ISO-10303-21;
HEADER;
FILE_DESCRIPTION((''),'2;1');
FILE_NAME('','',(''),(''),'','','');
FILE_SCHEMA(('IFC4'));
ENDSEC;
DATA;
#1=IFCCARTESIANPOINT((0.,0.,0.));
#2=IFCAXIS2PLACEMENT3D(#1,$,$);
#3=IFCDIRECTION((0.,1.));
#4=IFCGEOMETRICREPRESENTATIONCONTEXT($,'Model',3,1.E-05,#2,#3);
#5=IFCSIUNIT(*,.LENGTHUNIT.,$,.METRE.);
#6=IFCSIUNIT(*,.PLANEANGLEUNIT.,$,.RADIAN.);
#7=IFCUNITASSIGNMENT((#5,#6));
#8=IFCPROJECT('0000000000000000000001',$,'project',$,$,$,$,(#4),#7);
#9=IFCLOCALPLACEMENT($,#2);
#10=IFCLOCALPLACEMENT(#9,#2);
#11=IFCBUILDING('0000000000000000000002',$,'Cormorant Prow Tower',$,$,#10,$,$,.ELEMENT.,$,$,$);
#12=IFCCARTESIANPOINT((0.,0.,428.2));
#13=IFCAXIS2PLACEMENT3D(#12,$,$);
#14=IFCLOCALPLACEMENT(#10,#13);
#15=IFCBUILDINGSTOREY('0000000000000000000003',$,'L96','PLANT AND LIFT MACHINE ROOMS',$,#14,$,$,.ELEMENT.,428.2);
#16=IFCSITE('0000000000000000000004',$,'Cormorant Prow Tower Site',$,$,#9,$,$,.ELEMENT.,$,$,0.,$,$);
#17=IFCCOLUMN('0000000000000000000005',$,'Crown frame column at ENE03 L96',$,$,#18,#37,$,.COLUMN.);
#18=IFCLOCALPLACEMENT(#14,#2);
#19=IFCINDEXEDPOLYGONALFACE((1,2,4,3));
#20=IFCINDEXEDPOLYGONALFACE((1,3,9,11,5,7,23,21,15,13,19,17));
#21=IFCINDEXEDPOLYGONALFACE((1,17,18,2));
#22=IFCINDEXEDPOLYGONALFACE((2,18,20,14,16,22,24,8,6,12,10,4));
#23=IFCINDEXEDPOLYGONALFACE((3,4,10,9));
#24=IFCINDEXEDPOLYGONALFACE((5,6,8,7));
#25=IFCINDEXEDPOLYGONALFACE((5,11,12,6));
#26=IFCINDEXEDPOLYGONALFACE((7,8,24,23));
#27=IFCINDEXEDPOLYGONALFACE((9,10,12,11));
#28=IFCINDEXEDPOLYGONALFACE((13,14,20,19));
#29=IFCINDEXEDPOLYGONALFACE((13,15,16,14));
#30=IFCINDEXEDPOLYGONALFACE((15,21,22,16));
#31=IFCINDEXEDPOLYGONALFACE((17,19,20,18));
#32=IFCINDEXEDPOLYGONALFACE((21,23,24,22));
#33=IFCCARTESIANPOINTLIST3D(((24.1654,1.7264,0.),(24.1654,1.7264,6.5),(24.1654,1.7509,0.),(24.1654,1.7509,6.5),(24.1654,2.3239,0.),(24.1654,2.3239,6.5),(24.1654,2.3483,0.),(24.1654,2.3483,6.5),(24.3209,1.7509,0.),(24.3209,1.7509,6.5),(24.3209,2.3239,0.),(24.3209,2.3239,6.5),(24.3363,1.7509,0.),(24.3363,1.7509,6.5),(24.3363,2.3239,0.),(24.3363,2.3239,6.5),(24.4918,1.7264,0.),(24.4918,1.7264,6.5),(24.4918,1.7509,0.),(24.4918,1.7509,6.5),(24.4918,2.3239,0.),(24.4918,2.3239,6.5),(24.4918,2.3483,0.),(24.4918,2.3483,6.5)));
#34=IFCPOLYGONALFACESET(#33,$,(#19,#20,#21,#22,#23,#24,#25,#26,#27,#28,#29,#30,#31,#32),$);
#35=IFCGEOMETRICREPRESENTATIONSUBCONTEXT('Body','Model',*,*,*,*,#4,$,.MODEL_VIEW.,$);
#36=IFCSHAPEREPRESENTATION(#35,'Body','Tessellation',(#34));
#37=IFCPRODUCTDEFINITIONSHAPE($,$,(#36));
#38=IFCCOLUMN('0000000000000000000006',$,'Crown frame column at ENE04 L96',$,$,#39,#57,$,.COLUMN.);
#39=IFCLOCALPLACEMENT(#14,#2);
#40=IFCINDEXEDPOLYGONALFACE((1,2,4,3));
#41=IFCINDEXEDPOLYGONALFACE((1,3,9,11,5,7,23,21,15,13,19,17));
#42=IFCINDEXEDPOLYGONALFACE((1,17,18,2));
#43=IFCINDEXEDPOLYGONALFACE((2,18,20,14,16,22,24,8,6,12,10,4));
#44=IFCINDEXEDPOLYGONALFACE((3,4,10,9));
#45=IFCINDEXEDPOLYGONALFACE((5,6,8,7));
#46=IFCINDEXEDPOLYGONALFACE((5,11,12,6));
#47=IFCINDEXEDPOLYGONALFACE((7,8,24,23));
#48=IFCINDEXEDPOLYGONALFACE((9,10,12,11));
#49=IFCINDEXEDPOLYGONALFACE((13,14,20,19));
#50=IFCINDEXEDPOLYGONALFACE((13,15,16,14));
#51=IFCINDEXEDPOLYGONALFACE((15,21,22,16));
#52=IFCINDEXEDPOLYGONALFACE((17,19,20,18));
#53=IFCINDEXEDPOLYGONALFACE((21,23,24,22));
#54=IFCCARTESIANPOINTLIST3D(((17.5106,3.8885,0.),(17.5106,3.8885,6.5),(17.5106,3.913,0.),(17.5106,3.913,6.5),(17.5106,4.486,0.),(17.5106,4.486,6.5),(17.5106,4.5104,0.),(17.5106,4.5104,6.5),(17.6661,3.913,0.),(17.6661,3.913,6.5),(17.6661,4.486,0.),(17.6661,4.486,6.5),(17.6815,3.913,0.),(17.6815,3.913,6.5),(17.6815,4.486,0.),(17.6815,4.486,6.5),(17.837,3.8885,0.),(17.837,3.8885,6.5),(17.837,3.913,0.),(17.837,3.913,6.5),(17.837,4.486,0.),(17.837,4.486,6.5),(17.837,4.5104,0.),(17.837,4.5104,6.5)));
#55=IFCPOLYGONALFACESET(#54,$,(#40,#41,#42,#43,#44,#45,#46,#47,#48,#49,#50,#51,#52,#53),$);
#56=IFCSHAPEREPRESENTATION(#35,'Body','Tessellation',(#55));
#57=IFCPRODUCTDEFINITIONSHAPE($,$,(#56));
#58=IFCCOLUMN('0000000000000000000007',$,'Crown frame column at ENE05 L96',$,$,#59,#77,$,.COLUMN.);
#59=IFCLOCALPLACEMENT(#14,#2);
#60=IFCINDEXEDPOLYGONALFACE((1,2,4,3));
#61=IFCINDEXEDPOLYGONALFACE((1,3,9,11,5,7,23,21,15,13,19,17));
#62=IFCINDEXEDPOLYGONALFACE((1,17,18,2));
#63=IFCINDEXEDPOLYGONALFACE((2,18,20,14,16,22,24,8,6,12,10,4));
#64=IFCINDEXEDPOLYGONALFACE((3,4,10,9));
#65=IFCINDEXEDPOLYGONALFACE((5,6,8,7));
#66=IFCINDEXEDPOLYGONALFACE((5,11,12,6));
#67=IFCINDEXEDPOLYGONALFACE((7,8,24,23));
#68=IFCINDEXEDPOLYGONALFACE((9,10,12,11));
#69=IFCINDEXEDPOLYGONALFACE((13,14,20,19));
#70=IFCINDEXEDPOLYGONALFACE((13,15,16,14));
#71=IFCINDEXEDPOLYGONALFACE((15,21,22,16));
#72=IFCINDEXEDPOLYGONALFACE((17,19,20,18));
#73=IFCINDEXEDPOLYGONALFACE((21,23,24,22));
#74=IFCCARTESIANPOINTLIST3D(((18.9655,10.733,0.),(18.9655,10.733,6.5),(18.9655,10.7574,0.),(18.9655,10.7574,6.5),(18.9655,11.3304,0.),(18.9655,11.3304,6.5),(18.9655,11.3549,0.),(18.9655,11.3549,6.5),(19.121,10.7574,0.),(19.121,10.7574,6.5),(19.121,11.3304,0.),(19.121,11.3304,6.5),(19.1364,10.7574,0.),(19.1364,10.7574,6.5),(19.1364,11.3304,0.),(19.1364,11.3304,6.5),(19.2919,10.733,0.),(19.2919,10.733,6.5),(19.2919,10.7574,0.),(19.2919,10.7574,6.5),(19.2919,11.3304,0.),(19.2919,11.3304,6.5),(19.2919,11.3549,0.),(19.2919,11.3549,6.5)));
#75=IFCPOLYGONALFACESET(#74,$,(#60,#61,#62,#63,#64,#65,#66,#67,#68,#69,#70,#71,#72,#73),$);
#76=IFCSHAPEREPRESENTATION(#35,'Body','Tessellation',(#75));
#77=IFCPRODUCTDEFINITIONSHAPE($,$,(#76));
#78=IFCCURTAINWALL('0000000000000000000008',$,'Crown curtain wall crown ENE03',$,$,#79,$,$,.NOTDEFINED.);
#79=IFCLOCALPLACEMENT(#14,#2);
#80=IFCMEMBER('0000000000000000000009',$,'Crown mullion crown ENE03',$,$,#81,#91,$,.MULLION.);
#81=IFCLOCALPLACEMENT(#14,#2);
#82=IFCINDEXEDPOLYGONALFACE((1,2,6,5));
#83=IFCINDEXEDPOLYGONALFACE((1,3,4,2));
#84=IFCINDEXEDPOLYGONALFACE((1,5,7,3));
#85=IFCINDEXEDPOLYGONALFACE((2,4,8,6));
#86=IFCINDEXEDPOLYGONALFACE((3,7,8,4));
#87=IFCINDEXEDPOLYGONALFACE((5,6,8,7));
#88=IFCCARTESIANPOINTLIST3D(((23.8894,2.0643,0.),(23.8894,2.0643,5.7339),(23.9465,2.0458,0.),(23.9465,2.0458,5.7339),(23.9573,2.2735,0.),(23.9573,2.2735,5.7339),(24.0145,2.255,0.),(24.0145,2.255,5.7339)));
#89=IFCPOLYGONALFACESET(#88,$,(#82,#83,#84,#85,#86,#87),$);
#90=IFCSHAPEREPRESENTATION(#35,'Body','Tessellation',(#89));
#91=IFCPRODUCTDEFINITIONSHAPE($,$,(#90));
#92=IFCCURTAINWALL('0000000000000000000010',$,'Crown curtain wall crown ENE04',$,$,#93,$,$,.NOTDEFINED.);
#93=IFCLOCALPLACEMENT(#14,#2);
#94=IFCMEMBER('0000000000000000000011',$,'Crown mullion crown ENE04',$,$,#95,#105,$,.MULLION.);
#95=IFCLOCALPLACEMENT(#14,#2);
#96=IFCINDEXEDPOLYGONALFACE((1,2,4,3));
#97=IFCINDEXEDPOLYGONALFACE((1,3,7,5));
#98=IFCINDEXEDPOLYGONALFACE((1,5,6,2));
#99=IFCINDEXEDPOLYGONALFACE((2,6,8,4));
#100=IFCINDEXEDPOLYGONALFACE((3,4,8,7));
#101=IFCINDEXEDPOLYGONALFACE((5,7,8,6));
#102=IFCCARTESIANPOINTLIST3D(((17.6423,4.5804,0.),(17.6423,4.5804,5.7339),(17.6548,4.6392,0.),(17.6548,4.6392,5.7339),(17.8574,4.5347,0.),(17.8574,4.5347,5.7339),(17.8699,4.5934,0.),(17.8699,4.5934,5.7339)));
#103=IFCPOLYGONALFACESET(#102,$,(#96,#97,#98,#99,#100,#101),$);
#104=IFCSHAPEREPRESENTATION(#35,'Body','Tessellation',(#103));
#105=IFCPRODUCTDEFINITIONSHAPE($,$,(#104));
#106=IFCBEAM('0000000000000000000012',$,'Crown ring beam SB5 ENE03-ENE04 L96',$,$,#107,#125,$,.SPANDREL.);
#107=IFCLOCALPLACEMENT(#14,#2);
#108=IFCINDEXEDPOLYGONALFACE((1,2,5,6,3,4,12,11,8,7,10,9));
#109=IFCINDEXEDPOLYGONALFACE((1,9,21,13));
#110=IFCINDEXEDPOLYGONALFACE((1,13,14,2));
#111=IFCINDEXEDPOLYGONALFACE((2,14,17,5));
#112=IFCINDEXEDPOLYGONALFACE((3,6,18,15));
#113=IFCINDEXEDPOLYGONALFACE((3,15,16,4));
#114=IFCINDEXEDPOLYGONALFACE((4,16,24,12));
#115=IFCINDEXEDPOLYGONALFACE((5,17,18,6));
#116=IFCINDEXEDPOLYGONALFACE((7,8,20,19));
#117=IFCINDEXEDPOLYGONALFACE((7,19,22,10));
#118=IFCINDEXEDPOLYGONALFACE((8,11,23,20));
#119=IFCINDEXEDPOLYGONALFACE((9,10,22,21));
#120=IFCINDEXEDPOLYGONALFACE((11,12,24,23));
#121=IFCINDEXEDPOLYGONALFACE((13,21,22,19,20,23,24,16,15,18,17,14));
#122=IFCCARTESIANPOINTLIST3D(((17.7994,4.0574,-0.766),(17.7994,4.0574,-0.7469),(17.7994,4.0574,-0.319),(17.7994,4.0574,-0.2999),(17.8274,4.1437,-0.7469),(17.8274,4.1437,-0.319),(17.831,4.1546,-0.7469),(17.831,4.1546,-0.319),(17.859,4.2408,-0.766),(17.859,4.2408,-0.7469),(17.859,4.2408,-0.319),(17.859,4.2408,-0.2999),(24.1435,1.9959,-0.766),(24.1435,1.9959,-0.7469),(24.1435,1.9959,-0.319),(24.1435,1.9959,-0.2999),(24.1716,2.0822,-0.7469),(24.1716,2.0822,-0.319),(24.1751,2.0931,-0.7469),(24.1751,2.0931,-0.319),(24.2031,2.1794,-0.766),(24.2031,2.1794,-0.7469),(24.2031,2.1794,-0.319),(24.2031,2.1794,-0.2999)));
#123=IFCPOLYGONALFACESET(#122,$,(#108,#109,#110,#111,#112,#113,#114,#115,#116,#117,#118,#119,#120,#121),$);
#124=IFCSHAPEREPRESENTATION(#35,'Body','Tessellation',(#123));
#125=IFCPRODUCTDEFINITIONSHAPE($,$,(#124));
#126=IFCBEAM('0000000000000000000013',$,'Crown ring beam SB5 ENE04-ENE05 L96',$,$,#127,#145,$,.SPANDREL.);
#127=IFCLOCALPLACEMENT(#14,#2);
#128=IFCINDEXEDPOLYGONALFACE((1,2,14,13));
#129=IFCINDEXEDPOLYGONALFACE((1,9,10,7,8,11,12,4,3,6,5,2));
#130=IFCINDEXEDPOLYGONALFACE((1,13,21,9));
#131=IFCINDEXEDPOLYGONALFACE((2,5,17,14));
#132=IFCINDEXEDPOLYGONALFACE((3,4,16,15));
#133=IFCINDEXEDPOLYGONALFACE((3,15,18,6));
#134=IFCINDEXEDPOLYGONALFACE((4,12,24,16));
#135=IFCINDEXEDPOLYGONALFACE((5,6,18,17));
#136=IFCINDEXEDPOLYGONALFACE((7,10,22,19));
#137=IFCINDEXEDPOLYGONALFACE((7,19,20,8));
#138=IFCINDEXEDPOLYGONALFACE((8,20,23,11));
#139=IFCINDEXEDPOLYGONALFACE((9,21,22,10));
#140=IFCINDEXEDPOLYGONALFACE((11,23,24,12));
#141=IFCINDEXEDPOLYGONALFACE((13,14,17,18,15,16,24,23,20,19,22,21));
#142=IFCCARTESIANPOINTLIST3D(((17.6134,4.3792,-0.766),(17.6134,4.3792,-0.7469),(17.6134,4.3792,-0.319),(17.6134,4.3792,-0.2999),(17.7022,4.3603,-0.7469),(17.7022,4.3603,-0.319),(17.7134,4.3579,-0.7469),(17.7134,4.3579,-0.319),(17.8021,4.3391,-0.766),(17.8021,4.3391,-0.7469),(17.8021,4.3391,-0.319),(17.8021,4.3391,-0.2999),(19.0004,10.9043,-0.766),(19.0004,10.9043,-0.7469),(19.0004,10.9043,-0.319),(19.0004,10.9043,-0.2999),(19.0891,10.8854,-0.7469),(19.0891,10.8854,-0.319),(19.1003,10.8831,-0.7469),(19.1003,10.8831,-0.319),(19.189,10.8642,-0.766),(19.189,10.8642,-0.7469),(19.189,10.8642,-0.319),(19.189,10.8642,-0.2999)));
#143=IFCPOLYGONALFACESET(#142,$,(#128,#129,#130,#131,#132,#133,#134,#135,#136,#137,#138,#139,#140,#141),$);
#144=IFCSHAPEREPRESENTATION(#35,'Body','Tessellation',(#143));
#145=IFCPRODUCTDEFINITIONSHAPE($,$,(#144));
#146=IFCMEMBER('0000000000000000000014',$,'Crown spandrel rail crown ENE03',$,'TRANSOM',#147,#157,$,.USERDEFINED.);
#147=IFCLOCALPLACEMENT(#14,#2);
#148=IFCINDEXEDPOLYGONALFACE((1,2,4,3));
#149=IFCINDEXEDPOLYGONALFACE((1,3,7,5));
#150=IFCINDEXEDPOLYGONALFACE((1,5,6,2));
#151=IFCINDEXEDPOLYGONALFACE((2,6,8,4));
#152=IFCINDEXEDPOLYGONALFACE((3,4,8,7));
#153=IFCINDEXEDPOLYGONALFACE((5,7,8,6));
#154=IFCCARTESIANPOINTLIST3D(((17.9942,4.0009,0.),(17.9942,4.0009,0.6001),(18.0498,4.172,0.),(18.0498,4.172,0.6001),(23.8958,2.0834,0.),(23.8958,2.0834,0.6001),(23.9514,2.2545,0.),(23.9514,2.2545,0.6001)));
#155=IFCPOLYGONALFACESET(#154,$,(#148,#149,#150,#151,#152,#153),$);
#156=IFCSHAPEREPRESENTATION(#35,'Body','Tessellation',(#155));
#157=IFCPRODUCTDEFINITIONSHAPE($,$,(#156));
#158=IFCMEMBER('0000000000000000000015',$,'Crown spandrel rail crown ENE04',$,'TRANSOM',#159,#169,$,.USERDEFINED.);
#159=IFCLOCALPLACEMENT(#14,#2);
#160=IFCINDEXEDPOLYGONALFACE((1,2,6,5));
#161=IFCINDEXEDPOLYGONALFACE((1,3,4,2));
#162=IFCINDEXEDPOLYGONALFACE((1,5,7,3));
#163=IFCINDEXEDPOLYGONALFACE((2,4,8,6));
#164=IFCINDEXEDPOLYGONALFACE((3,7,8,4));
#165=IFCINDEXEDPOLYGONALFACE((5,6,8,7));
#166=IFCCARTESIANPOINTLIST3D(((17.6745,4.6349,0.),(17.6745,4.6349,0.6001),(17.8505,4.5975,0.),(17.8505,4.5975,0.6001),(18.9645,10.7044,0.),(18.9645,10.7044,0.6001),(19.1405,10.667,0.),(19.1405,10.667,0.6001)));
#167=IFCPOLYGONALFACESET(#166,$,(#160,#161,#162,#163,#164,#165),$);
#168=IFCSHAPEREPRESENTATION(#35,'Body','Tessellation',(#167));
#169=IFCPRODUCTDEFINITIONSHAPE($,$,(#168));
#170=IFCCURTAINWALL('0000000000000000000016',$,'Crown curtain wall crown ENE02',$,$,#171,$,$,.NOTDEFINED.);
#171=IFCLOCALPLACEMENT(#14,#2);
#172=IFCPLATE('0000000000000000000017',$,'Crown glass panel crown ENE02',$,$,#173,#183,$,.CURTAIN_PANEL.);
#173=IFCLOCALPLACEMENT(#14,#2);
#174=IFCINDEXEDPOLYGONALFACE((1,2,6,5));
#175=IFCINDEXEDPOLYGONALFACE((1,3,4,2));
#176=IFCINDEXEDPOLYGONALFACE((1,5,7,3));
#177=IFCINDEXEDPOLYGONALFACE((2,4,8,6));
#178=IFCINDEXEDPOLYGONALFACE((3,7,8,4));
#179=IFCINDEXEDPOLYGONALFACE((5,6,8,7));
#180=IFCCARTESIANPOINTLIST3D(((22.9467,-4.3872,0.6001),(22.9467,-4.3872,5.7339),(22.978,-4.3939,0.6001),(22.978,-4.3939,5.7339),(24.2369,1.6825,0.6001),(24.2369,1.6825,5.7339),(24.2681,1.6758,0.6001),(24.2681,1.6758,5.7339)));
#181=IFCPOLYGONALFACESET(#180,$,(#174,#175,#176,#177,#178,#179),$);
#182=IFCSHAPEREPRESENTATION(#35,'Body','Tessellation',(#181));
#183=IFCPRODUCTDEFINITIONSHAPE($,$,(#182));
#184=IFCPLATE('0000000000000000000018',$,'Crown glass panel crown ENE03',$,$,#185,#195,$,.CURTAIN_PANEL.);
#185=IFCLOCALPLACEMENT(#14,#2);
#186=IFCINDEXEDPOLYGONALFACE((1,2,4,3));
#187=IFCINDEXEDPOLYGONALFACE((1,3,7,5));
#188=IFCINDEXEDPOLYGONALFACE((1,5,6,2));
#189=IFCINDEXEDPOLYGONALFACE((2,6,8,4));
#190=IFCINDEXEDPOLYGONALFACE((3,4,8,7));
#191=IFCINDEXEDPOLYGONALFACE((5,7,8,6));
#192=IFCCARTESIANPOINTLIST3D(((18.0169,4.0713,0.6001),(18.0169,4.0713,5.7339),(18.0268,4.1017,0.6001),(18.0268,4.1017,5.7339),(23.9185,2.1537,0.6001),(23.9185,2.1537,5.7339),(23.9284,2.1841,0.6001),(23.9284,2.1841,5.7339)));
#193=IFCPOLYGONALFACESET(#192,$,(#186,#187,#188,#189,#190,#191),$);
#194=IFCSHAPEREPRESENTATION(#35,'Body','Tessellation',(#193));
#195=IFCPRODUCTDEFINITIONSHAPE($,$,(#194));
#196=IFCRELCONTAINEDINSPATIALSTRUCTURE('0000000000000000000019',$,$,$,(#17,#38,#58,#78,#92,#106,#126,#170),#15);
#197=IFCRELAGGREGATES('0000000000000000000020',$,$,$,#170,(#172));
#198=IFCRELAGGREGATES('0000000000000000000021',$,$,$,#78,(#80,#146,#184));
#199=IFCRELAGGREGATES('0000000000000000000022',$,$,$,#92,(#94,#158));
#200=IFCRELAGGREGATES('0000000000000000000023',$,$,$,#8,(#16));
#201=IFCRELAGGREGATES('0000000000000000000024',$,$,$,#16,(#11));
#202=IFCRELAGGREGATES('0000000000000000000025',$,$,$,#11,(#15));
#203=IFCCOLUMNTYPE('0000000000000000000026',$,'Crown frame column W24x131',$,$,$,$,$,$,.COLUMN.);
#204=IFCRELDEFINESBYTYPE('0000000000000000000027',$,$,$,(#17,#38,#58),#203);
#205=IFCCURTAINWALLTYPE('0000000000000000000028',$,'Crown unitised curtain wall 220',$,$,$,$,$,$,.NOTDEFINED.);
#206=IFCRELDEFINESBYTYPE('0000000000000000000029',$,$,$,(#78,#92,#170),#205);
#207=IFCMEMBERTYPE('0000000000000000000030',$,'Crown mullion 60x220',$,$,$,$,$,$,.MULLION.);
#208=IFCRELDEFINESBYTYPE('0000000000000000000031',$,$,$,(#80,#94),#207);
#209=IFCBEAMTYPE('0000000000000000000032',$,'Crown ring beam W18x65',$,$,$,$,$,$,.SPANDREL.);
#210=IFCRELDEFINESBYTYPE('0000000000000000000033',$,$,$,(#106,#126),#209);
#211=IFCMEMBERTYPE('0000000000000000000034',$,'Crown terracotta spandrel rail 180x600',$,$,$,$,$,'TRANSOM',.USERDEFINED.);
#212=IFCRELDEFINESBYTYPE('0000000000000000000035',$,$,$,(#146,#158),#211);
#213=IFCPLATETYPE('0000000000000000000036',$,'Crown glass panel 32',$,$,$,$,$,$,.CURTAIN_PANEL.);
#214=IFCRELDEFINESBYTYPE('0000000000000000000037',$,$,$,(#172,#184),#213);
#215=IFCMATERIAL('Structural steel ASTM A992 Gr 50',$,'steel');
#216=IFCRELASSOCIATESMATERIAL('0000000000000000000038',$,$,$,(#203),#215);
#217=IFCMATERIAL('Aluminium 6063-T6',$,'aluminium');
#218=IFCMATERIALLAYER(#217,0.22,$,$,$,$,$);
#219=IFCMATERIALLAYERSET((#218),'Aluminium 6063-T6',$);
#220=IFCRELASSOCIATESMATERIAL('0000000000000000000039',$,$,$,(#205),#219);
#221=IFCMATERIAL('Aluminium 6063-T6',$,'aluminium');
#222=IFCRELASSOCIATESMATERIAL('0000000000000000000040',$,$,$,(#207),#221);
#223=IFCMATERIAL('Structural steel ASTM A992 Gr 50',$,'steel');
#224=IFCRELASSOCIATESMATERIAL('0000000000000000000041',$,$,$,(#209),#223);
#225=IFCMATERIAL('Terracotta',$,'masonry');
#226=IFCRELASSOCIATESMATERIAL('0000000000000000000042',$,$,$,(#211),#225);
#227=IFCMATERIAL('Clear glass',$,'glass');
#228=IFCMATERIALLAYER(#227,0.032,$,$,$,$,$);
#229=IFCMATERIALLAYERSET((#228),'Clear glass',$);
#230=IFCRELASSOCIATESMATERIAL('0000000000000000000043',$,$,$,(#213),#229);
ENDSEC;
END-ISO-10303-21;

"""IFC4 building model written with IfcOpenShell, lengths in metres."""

from ifc_helpers import new_model, si_unit, direction, frame, origin, origin_2d, place, context, subcontext, project, spatial, rectangle, i_section, extrude, material, layer, layer_set, material_profile, profile_set, type_object, element, aggregate, save


model = new_model("IFC4")

# Units and contexts
model_context = context("Model", 3, precision=1e-05, world=origin(), true_north=direction((0.0, 1.0)))
body_context = subcontext(model_context, "Body", "Model", "MODEL_VIEW")
ifc_project = project(units=[si_unit("LENGTHUNIT", "METRE"), si_unit("PLANEANGLEUNIT", "RADIAN")], contexts=[model_context])

# Site, building, storey
site_placement = place(None, origin())
site = spatial("IfcSite", under=ifc_project, at=site_placement, Name="Cormorant Prow Tower Site", CompositionType="ELEMENT", RefElevation=0.0)
building_placement = place(site_placement, origin())
building = spatial("IfcBuilding", under=site, at=building_placement, Name="Cormorant Prow Tower", CompositionType="ELEMENT")
storey_placement = place(building_placement, frame((0.0, 0.0, 428.2)))
storey = spatial("IfcBuildingStorey", under=building, at=storey_placement, Name="L96", Description="PLANT AND LIFT MACHINE ROOMS", CompositionType="ELEMENT", Elevation=428.2)

# Columns
ifc_material_1 = material(Name="Structural steel ASTM A992 Gr 50", Category="steel")
ifc_material_profile_1 = material_profile(ifc_material_1, i_section(OverallWidth=0.3264, OverallDepth=0.6218, WebThickness=0.0154, FlangeThickness=0.0244, at=origin_2d()), Name="W24x131")
ifc_profile_set_1 = profile_set([ifc_material_profile_1], Name="Structural steel ASTM A992 Gr 50")
column_type = type_object("IfcColumnType", Name="Crown frame column W24x131", PredefinedType="COLUMN", material=ifc_profile_set_1)
for number, where, z_axis, x_axis, name in (
    (1, (24.3286, 2.0374, 0.0), (0.0, 0.0, 1.0), (1.0, 0.0, 0.0), "Crown frame column at ENE03 L96"),
    (2, (17.6738, 4.1995, 0.0), (0.0, 0.0, 1.0), (1.0, 0.0, 0.0), "Crown frame column at ENE04 L96"),
    (3, (19.1287, 11.0439, 0.0), (0.0, 0.0, 1.0), (1.0, 0.0, 0.0), "Crown frame column at ENE05 L96"),
):
    element("IfcColumn", number, at=place(storey_placement, frame(where, z_axis=z_axis, x_axis=x_axis)), inside=storey, type_object=column_type, Name=name, PredefinedType="COLUMN", context=body_context, shape_type="SweptSolid", body=[
        extrude(i_section(OverallWidth=0.3264, OverallDepth=0.6218, WebThickness=0.0154, FlangeThickness=0.0244, at=origin_2d()), origin(), (0.0, 0.0, 1.0), 6.5),
    ])

# Curtain walls, members
ifc_material_2 = material(Name="Aluminium 6063-T6", Category="aluminium")
ifc_layer_1 = layer(ifc_material_2, 0.22)
ifc_layer_set_1 = layer_set([ifc_layer_1], Name="Aluminium 6063-T6")
curtain_wall_type = type_object("IfcCurtainWallType", Name="Crown unitised curtain wall 220", PredefinedType="NOTDEFINED", material=ifc_layer_set_1)
curtain_wall_1_placement = place(storey_placement, origin())
curtain_wall_1 = element("IfcCurtainWall", 4, at=curtain_wall_1_placement, inside=storey, type_object=curtain_wall_type, Name="Crown curtain wall crown ENE03", PredefinedType="NOTDEFINED")
ifc_material_3 = material(Name="Aluminium 6063-T6", Category="aluminium")
ifc_material_profile_2 = material_profile(ifc_material_3, rectangle(XDim=0.22, YDim=0.0601, at=origin_2d()), Name="Crown mullion 60x220")
ifc_profile_set_2 = profile_set([ifc_material_profile_2], Name="Aluminium 6063-T6")
member_type_1 = type_object("IfcMemberType", Name="Crown mullion 60x220", PredefinedType="MULLION", material=ifc_profile_set_2)
member_1_placement = place(storey_placement, frame((23.9519, 2.1597, 0.0), z_axis=(0.0, 0.0, 1.0), x_axis=(-0.309017, -0.951056, 0.0)))
member_1 = element("IfcMember", 5, at=member_1_placement, type_object=member_type_1, Name="Crown mullion crown ENE03", PredefinedType="MULLION", context=body_context, shape_type="SweptSolid", body=[
    extrude(rectangle(XDim=0.22, YDim=0.0601, at=origin_2d()), origin(), (0.0, 0.0, 1.0), 5.7339),
])
curtain_wall_2_placement = place(storey_placement, origin())
curtain_wall_2 = element("IfcCurtainWall", 6, at=curtain_wall_2_placement, inside=storey, type_object=curtain_wall_type, Name="Crown curtain wall crown ENE04", PredefinedType="NOTDEFINED")
member_2_placement = place(storey_placement, frame((17.7561, 4.5869, 0.0), z_axis=(0.0, 0.0, 1.0), x_axis=(-0.978148, 0.207912, 0.0)))
member_2 = element("IfcMember", 7, at=member_2_placement, type_object=member_type_1, Name="Crown mullion crown ENE04", PredefinedType="MULLION", context=body_context, shape_type="SweptSolid", body=[
    extrude(rectangle(XDim=0.22, YDim=0.0601, at=origin_2d()), origin(), (0.0, 0.0, 1.0), 5.7339),
])

# Beams
ifc_material_4 = material(Name="Structural steel ASTM A992 Gr 50", Category="steel")
ifc_material_profile_3 = material_profile(ifc_material_4, i_section(OverallWidth=0.1929, OverallDepth=0.4661, WebThickness=0.0115, FlangeThickness=0.019, at=origin_2d()), Name="W18x65")
ifc_profile_set_3 = profile_set([ifc_material_profile_3], Name="Structural steel ASTM A992 Gr 50")
beam_type = type_object("IfcBeamType", Name="Crown ring beam W18x65", PredefinedType="SPANDREL", material=ifc_profile_set_3)
beam_1_placement = place(storey_placement, frame((24.1733, 2.0876, -0.533), z_axis=(-0.95105, 0.309038, 0.0), x_axis=(-0.309038, -0.95105, 0.0)))
element("IfcBeam", 8, at=beam_1_placement, inside=storey, type_object=beam_type, Name="Crown ring beam SB5 ENE03-ENE04 L96", PredefinedType="SPANDREL", context=body_context, shape_type="SweptSolid", body=[
    extrude(i_section(OverallWidth=0.1929, OverallDepth=0.4661, WebThickness=0.0115, FlangeThickness=0.019, at=origin_2d()), origin(), (0.0, 0.0, 1.0), 6.6707),
])
beam_2_placement = place(storey_placement, frame((17.7078, 4.3591, -0.533), z_axis=(0.207912, 0.978148, 0.0), x_axis=(-0.978148, 0.207912, 0.0)))
element("IfcBeam", 9, at=beam_2_placement, inside=storey, type_object=beam_type, Name="Crown ring beam SB5 ENE04-ENE05 L96", PredefinedType="SPANDREL", context=body_context, shape_type="SweptSolid", body=[
    extrude(i_section(OverallWidth=0.1929, OverallDepth=0.4661, WebThickness=0.0115, FlangeThickness=0.019, at=origin_2d()), origin(), (0.0, 0.0, 1.0), 6.6709),
])

# Members
ifc_material_5 = material(Name="Terracotta", Category="masonry")
ifc_material_profile_4 = material_profile(ifc_material_5, rectangle(XDim=0.1799, YDim=0.6001, at=origin_2d()), Name="Crown terracotta spandrel rail 180x600")
ifc_profile_set_4 = profile_set([ifc_material_profile_4], Name="Terracotta")
member_type_2 = type_object("IfcMemberType", Name="Crown terracotta spandrel rail 180x600", ElementType="TRANSOM", PredefinedType="USERDEFINED", material=ifc_profile_set_4)
member_3_placement = place(storey_placement, frame((23.9236, 2.1689, 0.3), z_axis=(-0.95106, 0.309007, 0.0), x_axis=(-0.309007, -0.95106, 0.0)))
member_3 = element("IfcMember", 10, at=member_3_placement, type_object=member_type_2, Name="Crown spandrel rail crown ENE03", ObjectType="TRANSOM", PredefinedType="USERDEFINED", context=body_context, shape_type="SweptSolid", body=[
    extrude(rectangle(XDim=0.1799, YDim=0.6001, at=origin_2d()), origin(), (0.0, 0.0, 1.0), 6.2053),
])
member_4_placement = place(storey_placement, frame((17.7625, 4.6162, 0.3), z_axis=(0.207898, 0.978151, 0.0), x_axis=(-0.978151, 0.207898, 0.0)))
member_4 = element("IfcMember", 11, at=member_4_placement, type_object=member_type_2, Name="Crown spandrel rail crown ENE04", ObjectType="TRANSOM", PredefinedType="USERDEFINED", context=body_context, shape_type="SweptSolid", body=[
    extrude(rectangle(XDim=0.1799, YDim=0.6001, at=origin_2d()), origin(), (0.0, 0.0, 1.0), 6.2051),
])

# Curtain wall, plate
curtain_wall_3_placement = place(storey_placement, origin())
curtain_wall_3 = element("IfcCurtainWall", 12, at=curtain_wall_3_placement, inside=storey, type_object=curtain_wall_type, Name="Crown curtain wall crown ENE02", PredefinedType="NOTDEFINED")
ifc_material_6 = material(Name="Clear glass", Category="glass")
ifc_layer_2 = layer(ifc_material_6, 0.032)
ifc_layer_set_2 = layer_set([ifc_layer_2], Name="Clear glass")
plate_type = type_object("IfcPlateType", Name="Crown glass panel 32", PredefinedType="CURTAIN_PANEL", material=ifc_layer_set_2)
plate_1_placement = place(storey_placement, frame((23.6074, -1.3557, 0.6001), z_axis=(0.0, 0.0, 1.0), x_axis=(0.207912, 0.978148, 0.0)))
plate_1 = element("IfcPlate", 13, at=plate_1_placement, type_object=plate_type, Name="Crown glass panel crown ENE02", PredefinedType="CURTAIN_PANEL", context=body_context, shape_type="SweptSolid", body=[
    extrude(rectangle(XDim=6.2053, YDim=0.032, at=origin_2d()), origin(), (0.0, 0.0, 1.0), 5.1338),
])
aggregate(curtain_wall_3, [plate_1])

# Plate
plate_2_placement = place(storey_placement, frame((20.9727, 3.1277, 0.6001), z_axis=(0.0, 0.0, 1.0), x_axis=(-0.951056, 0.309017, 0.0)))
plate_2 = element("IfcPlate", 14, at=plate_2_placement, type_object=plate_type, Name="Crown glass panel crown ENE03", PredefinedType="CURTAIN_PANEL", context=body_context, shape_type="SweptSolid", body=[
    extrude(rectangle(XDim=6.2053, YDim=0.032, at=origin_2d()), origin(), (0.0, 0.0, 1.0), 5.1338),
])
aggregate(curtain_wall_1, [member_1, member_3, plate_2])
aggregate(curtain_wall_2, [member_2, member_4])

save(model, "model.ifc")
